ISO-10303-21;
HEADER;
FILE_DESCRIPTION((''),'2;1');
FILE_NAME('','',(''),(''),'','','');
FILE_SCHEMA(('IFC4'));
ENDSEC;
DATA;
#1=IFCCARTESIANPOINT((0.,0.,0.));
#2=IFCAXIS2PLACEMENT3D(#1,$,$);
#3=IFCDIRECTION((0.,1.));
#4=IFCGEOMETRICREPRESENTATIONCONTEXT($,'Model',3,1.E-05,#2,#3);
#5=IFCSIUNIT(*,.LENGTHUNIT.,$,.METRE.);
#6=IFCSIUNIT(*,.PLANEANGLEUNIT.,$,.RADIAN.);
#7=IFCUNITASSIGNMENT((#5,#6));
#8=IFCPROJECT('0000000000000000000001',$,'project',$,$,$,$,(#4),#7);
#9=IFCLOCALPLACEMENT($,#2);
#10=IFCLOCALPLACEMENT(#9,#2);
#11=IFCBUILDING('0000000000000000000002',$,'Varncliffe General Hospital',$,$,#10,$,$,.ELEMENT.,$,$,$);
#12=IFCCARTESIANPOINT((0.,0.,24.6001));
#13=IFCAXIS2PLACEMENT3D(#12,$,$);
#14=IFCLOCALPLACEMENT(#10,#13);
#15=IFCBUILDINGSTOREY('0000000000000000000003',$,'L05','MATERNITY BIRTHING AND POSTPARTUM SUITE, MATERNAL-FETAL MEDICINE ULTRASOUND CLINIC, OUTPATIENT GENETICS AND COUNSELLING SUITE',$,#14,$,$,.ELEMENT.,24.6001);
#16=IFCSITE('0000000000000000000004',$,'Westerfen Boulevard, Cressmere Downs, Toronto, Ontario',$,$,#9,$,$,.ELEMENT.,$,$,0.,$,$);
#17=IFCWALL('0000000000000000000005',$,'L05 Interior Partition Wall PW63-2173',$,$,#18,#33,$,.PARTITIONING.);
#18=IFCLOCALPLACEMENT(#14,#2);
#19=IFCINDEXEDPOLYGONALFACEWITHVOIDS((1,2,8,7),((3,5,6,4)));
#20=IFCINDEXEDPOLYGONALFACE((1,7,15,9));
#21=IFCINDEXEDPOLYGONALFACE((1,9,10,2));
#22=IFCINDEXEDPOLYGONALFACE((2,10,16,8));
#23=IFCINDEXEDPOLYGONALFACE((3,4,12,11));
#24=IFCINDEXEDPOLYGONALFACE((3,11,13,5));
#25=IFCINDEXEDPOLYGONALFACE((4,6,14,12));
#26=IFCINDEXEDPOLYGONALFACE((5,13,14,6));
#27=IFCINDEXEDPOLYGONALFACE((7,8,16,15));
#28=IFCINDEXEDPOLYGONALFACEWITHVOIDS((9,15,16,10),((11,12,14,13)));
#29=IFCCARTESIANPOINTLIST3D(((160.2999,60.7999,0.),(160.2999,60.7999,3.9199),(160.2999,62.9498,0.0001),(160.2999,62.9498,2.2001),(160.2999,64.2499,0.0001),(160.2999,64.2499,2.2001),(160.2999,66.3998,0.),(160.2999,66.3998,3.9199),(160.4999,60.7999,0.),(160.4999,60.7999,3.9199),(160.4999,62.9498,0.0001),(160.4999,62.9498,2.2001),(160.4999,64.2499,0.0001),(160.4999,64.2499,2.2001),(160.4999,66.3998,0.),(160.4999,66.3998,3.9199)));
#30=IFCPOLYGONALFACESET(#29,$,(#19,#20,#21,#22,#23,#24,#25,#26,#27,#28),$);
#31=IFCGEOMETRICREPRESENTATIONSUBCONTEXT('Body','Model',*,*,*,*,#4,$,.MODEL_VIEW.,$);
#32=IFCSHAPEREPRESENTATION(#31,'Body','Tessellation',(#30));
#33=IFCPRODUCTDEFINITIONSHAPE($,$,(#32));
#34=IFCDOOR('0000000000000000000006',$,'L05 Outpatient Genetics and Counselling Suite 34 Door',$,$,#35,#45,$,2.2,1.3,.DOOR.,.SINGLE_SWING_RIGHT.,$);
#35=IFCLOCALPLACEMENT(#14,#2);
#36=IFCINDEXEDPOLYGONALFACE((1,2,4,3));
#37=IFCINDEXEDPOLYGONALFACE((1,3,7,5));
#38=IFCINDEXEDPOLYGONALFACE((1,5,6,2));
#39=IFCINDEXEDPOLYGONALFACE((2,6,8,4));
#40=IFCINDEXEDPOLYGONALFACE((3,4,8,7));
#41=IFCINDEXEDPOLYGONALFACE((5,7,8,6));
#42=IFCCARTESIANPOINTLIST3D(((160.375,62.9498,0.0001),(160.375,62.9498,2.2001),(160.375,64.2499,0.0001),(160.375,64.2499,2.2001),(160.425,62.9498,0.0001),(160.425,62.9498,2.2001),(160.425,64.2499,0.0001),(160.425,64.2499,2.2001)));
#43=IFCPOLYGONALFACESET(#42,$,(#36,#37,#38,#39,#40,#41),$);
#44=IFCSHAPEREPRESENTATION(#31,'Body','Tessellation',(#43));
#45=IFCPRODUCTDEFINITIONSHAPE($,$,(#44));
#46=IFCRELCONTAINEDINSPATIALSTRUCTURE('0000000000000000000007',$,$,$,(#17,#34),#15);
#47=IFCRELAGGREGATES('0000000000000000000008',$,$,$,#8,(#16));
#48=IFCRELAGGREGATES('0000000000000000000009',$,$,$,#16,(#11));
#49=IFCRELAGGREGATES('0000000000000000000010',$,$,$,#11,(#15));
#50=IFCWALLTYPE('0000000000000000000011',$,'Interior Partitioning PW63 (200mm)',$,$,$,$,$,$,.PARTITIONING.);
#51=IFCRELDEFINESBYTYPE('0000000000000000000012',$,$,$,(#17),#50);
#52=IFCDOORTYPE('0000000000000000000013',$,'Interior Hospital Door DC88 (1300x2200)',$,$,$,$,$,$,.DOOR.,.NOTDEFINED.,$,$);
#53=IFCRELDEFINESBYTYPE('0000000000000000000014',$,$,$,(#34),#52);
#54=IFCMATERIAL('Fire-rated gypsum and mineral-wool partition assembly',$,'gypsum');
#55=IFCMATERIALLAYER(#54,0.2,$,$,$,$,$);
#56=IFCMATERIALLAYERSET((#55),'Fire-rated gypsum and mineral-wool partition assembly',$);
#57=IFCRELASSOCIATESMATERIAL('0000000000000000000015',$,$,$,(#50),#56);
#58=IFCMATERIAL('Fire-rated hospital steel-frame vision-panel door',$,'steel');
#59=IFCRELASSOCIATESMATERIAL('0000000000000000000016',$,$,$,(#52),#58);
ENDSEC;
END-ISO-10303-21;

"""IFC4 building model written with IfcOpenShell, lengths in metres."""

from ifc_helpers import new_model, si_unit, direction, frame, frame_2d, origin, place, context, subcontext, project, spatial, rectangle, extrude, material, layer, layer_set, type_object, element, fill, save


model = new_model("IFC4")

# Units and contexts
model_context = context("Model", 3, precision=1e-05, world=origin(), true_north=direction((0.0, 1.0)))
body_context = subcontext(model_context, "Body", "Model", "MODEL_VIEW")
ifc_project = project(units=[si_unit("LENGTHUNIT", "METRE"), si_unit("PLANEANGLEUNIT", "RADIAN")], contexts=[model_context])

# Site, building, storey
site_placement = place(None, origin())
site = spatial("IfcSite", under=ifc_project, at=site_placement, Name="Westerfen Boulevard, Cressmere Downs, Toronto, Ontario", CompositionType="ELEMENT", RefElevation=0.0)
building_placement = place(site_placement, origin())
building = spatial("IfcBuilding", under=site, at=building_placement, Name="Varncliffe General Hospital", CompositionType="ELEMENT")
storey_placement = place(building_placement, frame((0.0, 0.0, 24.6001)))
storey = spatial("IfcBuildingStorey", under=building, at=storey_placement, Name="L05", Description="MATERNITY BIRTHING AND POSTPARTUM SUITE, MATERNAL-FETAL MEDICINE ULTRASOUND CLINIC, OUTPATIENT GENETICS AND COUNSELLING SUITE", CompositionType="ELEMENT", Elevation=24.6001)

# Shared definitions
ifc_material_1 = material(Name="Fire-rated gypsum and mineral-wool partition assembly", Category="gypsum")

# Wall, opening, door
ifc_material_2 = material(Name="Fire-rated hospital steel-frame vision-panel door", Category="steel")
ifc_layer_1 = layer(ifc_material_1, 0.2)
ifc_layer_set_1 = layer_set([ifc_layer_1], Name="Fire-rated gypsum and mineral-wool partition assembly")
wall_type_1 = type_object("IfcWallType", Name="Interior Partitioning PW63 (200mm)", PredefinedType="PARTITIONING", material=ifc_layer_set_1)
wall_1_placement = place(storey_placement, frame((160.3999, 60.8, 0.0), z_axis=(0.0, 0.0, 1.0), x_axis=(0.0, 1.0, 0.0)))
wall_1 = element("IfcWall", 1, at=wall_1_placement, inside=storey, type_object=wall_type_1, Name="L05 Interior Partition Wall PW63-2173", PredefinedType="PARTITIONING", context=body_context, shape_type="SweptSolid", body=[
    extrude(rectangle(XDim=5.5999, YDim=0.2, at=frame_2d((2.7998, 0.0))), origin(), (0.0, 0.0, 1.0), 3.9199),
])
opening_1_placement = place(wall_1_placement, frame((2.1499, 0.0, 0.0)))
opening_1 = element("IfcOpeningElement", 2, at=opening_1_placement, cuts=wall_1, PredefinedType="OPENING", context=body_context, shape_type="SweptSolid", body=[
    extrude(rectangle(XDim=1.3, YDim=2.2, at=frame_2d((0.6499, 1.1001))), frame((0.0, 0.1099, 0.0), z_axis=(0.0, -1.0, 0.0), x_axis=(1.0, 0.0, 0.0)), (0.0, 0.0, 1.0), 0.22),
])
door_type_1 = type_object("IfcDoorType", Name="Interior Hospital Door DC88 (1300x2200)", OperationType="NOTDEFINED", PredefinedType="DOOR", material=ifc_material_2)
door_1_placement = place(opening_1_placement, origin())
door_1 = element("IfcDoor", 3, at=door_1_placement, inside=storey, type_object=door_type_1, Name="L05 Outpatient Genetics and Counselling Suite 34 Door", OperationType="SINGLE_SWING_RIGHT", OverallHeight=2.2, OverallWidth=1.3, PredefinedType="DOOR", context=body_context, shape_type="SweptSolid", body=[
    extrude(rectangle(XDim=1.3, YDim=2.2, at=frame_2d((0.6499, 1.1001))), frame((0.0, 0.0249, 0.0), z_axis=(0.0, -1.0, 0.0), x_axis=(1.0, 0.0, 0.0)), (0.0, 0.0, 1.0), 0.05),
])
fill(opening_1, door_1)

save(model, "model.ifc")
